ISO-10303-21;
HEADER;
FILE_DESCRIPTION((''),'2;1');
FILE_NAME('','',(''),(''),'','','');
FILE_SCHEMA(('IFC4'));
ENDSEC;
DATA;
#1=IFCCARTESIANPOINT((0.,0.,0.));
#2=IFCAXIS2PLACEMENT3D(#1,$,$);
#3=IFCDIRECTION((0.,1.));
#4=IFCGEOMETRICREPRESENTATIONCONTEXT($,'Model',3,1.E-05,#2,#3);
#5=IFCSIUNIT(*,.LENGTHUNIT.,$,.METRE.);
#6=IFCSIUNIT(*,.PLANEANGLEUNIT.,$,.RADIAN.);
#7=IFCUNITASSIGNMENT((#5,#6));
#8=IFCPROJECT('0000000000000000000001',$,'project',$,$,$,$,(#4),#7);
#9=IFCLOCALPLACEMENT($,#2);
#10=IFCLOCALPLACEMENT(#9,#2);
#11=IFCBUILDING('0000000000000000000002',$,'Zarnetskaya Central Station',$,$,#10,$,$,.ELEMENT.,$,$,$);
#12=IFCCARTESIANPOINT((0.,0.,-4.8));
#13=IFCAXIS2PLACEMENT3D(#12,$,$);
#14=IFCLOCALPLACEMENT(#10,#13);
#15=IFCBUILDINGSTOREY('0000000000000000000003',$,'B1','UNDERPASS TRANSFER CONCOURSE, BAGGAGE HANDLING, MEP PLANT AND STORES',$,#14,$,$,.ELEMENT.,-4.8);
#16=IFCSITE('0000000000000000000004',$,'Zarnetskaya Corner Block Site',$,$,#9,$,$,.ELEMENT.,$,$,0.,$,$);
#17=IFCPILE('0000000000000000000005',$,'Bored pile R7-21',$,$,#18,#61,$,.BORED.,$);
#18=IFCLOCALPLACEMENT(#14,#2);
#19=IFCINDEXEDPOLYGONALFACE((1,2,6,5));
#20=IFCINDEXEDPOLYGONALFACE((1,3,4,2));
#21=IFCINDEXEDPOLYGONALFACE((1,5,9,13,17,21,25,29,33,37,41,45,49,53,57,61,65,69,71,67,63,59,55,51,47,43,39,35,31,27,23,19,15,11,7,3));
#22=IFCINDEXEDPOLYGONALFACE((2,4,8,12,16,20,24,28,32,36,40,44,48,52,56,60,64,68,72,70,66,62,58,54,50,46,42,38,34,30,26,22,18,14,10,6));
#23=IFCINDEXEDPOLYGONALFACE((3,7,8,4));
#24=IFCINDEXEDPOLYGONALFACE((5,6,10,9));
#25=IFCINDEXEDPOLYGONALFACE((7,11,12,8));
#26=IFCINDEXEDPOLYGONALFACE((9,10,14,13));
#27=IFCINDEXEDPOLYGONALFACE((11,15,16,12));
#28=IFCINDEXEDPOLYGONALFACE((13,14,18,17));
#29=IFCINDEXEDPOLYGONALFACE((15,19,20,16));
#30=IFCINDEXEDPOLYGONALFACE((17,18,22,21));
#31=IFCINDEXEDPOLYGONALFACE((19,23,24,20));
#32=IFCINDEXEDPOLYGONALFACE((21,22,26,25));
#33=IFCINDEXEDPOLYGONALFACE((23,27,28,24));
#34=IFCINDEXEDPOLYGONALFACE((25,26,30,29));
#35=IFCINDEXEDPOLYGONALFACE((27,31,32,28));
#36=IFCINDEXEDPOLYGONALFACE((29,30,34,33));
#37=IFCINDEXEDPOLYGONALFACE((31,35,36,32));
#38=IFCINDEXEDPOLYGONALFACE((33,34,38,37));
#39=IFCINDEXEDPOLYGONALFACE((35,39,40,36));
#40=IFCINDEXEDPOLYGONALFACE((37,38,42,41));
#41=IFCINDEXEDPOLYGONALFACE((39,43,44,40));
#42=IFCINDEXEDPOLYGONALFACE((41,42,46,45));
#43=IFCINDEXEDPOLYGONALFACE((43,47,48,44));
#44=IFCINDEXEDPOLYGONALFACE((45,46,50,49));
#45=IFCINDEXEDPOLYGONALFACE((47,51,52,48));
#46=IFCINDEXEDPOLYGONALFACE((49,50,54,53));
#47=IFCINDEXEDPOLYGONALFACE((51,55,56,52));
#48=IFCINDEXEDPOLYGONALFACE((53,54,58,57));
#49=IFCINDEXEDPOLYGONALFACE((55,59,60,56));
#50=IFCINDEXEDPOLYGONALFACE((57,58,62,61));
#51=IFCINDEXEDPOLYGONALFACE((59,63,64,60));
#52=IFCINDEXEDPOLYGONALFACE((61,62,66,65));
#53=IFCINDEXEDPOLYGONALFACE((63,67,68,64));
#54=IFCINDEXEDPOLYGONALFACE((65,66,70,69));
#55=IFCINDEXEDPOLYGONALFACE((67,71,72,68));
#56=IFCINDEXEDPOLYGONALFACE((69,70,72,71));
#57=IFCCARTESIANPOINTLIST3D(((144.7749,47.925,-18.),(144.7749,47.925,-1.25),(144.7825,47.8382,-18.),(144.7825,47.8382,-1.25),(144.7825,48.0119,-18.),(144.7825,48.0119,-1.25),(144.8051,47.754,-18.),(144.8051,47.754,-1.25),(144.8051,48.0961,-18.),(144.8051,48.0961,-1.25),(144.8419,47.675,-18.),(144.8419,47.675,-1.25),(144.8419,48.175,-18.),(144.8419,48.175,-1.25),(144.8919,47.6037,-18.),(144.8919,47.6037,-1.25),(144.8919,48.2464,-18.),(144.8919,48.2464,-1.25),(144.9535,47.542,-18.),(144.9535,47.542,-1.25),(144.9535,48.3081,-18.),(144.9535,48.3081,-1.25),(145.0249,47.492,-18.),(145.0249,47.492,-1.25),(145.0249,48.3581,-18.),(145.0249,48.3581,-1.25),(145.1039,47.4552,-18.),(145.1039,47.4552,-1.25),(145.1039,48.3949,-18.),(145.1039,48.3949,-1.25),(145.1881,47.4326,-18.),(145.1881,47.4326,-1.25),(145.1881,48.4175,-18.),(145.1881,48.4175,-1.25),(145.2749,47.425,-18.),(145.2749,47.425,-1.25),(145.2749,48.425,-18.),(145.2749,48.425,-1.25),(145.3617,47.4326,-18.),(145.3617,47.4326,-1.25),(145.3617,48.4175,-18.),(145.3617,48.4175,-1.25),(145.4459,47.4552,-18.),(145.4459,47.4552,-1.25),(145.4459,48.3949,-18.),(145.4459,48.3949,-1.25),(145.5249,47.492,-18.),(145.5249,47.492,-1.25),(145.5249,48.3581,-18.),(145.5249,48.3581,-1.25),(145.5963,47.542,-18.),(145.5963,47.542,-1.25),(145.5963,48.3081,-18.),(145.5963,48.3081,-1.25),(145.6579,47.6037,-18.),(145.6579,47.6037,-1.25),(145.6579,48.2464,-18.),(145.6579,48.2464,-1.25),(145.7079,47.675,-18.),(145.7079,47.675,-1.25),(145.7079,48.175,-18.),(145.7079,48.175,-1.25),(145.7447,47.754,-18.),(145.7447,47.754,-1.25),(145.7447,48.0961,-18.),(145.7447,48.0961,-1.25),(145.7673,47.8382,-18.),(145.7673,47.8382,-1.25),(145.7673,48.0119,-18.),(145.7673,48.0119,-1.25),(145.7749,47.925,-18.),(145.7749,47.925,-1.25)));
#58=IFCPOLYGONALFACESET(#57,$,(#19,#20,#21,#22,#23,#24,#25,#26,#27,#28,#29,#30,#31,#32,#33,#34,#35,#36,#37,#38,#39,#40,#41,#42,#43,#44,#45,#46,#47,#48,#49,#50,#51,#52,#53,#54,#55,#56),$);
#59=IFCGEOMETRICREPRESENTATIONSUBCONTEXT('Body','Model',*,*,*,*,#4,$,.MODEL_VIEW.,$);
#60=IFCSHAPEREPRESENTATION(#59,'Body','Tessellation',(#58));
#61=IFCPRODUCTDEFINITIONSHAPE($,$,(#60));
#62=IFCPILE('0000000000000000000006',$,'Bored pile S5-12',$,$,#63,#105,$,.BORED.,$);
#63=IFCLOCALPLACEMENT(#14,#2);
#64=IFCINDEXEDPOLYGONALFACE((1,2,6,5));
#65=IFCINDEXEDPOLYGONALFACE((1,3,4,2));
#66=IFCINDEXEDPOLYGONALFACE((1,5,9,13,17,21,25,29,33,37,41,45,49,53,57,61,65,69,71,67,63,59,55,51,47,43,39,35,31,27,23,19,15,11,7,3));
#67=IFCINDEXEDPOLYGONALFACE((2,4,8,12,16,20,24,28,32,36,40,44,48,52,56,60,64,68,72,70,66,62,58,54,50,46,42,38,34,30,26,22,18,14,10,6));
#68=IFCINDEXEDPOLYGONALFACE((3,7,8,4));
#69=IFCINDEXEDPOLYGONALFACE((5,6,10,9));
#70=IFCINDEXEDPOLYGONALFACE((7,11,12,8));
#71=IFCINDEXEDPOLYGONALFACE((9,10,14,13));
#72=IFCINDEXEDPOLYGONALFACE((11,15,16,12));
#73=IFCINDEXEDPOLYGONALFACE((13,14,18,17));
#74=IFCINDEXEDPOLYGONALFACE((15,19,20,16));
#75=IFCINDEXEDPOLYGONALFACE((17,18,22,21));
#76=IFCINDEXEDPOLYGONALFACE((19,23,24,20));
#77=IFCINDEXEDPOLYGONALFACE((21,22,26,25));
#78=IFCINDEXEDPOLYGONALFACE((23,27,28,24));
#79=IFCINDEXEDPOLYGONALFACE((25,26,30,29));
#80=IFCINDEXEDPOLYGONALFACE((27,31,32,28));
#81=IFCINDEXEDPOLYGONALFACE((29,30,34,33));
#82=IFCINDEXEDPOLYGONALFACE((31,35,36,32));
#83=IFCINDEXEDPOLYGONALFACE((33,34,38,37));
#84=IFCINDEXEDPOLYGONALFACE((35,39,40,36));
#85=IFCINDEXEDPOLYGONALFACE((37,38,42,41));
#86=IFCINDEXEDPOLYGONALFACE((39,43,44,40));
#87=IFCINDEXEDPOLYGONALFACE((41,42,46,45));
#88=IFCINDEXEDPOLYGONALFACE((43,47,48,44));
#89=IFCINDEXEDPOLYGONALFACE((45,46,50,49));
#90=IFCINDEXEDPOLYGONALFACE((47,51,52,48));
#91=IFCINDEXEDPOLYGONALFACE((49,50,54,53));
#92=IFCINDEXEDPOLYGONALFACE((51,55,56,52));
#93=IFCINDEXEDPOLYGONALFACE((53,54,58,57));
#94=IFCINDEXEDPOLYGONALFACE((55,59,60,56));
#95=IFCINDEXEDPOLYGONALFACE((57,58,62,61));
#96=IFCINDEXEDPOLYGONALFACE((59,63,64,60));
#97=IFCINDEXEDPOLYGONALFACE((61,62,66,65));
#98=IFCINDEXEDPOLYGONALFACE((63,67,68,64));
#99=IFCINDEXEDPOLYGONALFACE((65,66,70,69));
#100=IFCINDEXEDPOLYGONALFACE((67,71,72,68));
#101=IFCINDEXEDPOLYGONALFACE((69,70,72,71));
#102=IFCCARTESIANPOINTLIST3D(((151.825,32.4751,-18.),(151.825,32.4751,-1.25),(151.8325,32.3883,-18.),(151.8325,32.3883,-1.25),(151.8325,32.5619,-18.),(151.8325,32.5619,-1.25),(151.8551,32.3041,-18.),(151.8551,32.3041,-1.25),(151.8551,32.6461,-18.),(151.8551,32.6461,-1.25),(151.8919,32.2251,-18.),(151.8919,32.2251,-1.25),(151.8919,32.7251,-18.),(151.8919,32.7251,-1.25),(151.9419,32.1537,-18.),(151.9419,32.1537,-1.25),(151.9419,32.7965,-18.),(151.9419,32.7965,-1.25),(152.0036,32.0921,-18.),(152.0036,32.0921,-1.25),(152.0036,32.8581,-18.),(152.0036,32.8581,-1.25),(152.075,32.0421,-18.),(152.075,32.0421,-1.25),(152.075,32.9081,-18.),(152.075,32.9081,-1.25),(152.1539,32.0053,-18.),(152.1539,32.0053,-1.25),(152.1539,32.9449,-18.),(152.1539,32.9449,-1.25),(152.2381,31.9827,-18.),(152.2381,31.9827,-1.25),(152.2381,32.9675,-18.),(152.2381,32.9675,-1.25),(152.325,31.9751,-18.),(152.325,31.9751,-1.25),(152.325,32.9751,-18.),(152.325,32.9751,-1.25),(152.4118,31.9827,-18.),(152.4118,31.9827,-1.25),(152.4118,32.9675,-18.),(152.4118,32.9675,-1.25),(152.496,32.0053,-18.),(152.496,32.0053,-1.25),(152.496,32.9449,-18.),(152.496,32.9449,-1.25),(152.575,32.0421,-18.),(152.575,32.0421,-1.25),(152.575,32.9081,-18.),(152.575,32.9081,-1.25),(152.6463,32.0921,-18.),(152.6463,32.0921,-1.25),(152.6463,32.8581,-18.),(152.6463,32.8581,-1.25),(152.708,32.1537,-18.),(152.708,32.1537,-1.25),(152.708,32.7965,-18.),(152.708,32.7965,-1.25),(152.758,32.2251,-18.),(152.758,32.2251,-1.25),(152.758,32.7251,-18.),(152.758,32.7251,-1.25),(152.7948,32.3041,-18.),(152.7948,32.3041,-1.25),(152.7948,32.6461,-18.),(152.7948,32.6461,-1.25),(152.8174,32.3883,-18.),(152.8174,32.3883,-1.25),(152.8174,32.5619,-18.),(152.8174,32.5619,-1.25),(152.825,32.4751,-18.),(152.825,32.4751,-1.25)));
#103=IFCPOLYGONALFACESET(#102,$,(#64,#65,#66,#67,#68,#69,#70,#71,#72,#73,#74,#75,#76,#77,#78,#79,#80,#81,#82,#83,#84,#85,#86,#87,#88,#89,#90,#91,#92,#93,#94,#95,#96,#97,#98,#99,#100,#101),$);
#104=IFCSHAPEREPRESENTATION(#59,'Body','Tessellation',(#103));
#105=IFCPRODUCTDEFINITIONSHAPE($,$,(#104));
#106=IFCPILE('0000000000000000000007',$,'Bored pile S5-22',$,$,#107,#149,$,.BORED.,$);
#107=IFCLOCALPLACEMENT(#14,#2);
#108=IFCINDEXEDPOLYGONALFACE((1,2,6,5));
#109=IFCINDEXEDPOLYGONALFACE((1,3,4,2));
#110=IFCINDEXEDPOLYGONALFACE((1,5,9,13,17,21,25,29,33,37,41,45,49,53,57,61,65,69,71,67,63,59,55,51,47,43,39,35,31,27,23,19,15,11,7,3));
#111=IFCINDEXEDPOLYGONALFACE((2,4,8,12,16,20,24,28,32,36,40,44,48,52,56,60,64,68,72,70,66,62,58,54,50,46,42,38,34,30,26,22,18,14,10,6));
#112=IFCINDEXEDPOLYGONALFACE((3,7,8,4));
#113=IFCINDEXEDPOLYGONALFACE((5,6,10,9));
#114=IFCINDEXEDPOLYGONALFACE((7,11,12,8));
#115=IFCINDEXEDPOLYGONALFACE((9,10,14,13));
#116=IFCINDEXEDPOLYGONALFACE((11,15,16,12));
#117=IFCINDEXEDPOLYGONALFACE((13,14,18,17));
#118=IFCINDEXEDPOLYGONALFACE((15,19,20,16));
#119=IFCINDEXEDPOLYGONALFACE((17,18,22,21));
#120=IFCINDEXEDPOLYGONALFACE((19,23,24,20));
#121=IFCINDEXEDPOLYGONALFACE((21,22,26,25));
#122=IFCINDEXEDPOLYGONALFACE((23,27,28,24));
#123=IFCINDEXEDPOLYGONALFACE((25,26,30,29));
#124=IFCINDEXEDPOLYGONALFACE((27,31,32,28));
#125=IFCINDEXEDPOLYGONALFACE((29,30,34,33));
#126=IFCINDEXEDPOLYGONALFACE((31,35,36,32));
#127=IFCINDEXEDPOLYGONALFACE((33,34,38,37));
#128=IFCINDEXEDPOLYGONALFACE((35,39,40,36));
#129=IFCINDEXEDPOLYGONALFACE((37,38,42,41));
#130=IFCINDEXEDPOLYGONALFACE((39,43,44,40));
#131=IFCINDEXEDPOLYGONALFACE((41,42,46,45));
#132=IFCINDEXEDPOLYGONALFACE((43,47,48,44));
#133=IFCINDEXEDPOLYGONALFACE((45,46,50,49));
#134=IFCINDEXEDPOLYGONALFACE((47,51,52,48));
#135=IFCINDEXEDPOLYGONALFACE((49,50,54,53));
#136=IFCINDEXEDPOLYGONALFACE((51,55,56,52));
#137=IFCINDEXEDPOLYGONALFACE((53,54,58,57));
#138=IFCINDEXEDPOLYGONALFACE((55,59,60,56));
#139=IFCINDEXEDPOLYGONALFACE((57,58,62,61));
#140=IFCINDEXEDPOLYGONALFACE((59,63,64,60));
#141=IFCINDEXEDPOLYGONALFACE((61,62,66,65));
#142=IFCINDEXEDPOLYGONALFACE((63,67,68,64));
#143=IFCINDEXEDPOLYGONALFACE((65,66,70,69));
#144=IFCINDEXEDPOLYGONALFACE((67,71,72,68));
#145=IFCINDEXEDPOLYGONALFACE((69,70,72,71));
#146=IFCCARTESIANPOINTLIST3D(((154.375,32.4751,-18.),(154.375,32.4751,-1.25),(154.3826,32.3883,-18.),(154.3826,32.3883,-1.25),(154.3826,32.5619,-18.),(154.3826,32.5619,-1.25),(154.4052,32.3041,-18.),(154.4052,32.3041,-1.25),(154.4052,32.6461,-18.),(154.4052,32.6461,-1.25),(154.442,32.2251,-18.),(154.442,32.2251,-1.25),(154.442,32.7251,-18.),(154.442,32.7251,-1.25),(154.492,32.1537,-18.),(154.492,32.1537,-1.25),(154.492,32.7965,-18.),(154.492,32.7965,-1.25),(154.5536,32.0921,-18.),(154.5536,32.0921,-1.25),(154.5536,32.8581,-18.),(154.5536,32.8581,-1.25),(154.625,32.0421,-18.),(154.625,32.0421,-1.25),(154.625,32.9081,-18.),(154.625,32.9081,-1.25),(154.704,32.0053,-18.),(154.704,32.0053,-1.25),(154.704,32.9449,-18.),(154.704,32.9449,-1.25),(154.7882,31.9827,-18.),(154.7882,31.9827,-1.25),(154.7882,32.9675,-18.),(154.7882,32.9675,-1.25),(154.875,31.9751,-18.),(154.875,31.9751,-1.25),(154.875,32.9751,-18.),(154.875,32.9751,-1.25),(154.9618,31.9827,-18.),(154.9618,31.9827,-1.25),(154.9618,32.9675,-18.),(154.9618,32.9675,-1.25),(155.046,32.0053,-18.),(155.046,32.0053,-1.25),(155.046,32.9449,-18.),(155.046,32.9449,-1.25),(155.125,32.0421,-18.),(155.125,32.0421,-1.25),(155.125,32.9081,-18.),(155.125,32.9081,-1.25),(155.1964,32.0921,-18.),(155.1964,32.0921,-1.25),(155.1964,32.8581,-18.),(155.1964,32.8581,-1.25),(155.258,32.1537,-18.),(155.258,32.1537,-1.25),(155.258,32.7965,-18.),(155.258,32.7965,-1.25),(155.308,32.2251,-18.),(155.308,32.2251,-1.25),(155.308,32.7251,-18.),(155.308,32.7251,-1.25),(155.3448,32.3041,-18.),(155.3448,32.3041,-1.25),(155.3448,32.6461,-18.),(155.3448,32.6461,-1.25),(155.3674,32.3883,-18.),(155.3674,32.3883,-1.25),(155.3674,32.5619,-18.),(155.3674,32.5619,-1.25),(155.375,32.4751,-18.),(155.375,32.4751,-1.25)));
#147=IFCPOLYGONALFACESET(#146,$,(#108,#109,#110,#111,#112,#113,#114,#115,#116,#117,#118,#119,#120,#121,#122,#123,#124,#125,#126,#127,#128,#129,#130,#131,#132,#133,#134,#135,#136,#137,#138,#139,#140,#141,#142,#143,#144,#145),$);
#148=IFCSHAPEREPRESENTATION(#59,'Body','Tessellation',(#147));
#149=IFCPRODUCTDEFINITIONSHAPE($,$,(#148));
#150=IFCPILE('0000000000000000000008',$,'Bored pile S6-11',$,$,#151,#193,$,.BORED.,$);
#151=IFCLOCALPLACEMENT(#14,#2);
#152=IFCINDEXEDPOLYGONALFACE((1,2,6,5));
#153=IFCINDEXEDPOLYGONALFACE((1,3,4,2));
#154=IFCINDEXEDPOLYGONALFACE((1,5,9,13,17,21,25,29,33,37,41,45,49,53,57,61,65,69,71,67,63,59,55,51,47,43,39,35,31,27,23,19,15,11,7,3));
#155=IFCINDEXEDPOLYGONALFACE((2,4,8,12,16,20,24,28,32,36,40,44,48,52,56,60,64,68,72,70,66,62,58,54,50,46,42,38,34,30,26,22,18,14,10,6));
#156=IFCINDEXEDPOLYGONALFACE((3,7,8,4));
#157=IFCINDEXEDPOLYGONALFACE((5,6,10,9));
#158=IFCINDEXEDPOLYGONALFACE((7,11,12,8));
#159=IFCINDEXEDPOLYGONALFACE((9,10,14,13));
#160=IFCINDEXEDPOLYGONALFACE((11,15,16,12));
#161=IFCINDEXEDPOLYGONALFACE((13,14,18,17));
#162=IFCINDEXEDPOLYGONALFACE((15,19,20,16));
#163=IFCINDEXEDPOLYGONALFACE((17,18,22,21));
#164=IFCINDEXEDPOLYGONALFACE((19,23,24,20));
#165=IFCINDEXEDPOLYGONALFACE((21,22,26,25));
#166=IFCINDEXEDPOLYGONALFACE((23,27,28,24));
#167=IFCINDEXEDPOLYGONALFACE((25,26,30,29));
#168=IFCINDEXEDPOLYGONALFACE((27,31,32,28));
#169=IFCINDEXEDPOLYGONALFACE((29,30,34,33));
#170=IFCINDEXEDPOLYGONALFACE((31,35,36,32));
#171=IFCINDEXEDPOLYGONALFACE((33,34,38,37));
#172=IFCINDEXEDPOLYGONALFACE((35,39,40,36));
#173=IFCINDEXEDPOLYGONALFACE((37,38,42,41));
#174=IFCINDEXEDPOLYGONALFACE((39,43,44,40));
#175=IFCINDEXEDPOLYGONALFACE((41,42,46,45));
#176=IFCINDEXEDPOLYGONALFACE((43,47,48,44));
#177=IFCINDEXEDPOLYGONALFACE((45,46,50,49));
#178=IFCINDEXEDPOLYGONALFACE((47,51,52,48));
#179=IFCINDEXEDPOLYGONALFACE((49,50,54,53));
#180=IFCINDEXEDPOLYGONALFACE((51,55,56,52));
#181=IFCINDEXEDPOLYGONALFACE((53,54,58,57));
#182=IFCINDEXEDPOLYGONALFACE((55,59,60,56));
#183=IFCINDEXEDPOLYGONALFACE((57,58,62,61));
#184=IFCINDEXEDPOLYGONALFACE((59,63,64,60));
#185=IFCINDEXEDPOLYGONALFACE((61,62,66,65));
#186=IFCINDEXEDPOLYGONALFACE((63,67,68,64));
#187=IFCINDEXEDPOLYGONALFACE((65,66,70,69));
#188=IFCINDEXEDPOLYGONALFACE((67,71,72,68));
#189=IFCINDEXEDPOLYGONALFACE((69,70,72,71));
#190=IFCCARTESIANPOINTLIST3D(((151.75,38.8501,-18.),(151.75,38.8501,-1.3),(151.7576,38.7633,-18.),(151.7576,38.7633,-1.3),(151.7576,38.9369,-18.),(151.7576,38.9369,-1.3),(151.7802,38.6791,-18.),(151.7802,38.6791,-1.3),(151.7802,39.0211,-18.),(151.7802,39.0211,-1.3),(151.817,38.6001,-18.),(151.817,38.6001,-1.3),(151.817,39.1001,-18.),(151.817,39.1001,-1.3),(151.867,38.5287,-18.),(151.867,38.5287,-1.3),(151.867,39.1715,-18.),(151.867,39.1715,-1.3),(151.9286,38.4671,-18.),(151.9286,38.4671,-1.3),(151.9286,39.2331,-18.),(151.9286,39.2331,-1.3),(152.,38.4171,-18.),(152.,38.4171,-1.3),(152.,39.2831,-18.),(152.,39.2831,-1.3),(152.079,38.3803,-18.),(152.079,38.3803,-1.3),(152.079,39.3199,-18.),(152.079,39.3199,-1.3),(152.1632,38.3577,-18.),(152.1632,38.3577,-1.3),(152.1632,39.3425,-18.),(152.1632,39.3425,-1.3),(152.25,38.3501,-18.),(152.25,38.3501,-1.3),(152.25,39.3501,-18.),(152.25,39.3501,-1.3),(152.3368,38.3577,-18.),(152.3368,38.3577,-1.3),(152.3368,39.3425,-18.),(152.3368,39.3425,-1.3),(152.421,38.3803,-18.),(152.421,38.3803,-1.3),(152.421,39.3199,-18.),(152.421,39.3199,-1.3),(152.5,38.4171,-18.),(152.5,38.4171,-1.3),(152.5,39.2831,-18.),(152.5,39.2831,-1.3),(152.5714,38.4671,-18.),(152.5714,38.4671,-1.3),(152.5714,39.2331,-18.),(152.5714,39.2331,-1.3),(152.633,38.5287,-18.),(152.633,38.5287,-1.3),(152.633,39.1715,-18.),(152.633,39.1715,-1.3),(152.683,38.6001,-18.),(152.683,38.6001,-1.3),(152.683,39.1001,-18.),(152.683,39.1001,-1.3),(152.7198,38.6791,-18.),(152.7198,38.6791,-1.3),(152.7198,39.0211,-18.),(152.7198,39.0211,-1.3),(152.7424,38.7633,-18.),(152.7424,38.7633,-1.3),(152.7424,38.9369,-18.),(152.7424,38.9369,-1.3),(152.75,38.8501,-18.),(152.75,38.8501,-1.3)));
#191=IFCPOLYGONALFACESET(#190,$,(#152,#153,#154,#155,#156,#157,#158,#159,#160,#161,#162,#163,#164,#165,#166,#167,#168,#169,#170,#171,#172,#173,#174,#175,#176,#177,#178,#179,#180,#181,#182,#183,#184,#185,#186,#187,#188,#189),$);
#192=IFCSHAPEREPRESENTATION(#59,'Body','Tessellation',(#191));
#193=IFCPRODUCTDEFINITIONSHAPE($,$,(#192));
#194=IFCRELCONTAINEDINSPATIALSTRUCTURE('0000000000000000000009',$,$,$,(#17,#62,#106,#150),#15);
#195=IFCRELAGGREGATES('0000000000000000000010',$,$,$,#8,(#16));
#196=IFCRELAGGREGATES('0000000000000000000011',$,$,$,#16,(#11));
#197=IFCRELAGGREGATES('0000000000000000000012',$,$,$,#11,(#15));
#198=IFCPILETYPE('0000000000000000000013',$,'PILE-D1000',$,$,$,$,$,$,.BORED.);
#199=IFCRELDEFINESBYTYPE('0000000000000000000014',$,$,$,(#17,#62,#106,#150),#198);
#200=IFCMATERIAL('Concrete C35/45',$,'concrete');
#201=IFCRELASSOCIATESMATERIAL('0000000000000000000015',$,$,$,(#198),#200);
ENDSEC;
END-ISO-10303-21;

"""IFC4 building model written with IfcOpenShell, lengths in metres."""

from ifc_helpers import new_model, si_unit, direction, frame, origin, origin_2d, place, context, subcontext, project, spatial, circle, extrude, material, material_profile, profile_set, type_object, element, save


model = new_model("IFC4")

# Units and contexts
model_context = context("Model", 3, precision=1e-05, world=origin(), true_north=direction((0.0, 1.0)))
body_context = subcontext(model_context, "Body", "Model", "MODEL_VIEW")
ifc_project = project(units=[si_unit("LENGTHUNIT", "METRE"), si_unit("PLANEANGLEUNIT", "RADIAN")], contexts=[model_context])

# Site, building, storey
site_placement = place(None, origin())
site = spatial("IfcSite", under=ifc_project, at=site_placement, Name="Zarnetskaya Corner Block Site", CompositionType="ELEMENT", RefElevation=0.0)
building_placement = place(site_placement, origin())
building = spatial("IfcBuilding", under=site, at=building_placement, Name="Zarnetskaya Central Station", CompositionType="ELEMENT")
storey_placement = place(building_placement, frame((0.0, 0.0, -4.8)))
storey = spatial("IfcBuildingStorey", under=building, at=storey_placement, Name="B1", Description="UNDERPASS TRANSFER CONCOURSE, BAGGAGE HANDLING, MEP PLANT AND STORES", CompositionType="ELEMENT", Elevation=-4.8)

# Shared definitions
ifc_material = material(Name="Concrete C35/45", Category="concrete")

# Piles
ifc_material_profile_1 = material_profile(ifc_material, circle(Radius=0.5, at=origin_2d()), Name="BORED PILE D1000")
ifc_profile_set_1 = profile_set([ifc_material_profile_1], Name="Concrete C35/45")
pile_type_1 = type_object("IfcPileType", Name="PILE-D1000", PredefinedType="BORED", material=ifc_profile_set_1)
for number, where, z_axis, x_axis, name in (
    (1, (145.2749, 47.925, -1.25), (0.0, 0.0, -1.0), (1.0, 0.0, 0.0), "Bored pile R7-21"),
    (2, (152.325, 32.4751, -1.25), (0.0, 0.0, -1.0), (1.0, 0.0, 0.0), "Bored pile S5-12"),
    (3, (154.875, 32.4751, -1.25), (0.0, 0.0, -1.0), (1.0, 0.0, 0.0), "Bored pile S5-22"),
):
    element("IfcPile", number, at=place(storey_placement, frame(where, z_axis=z_axis, x_axis=x_axis)), inside=storey, type_object=pile_type_1, Name=name, PredefinedType="BORED", context=body_context, shape_type="SweptSolid", body=[
        extrude(circle(Radius=0.5, at=origin_2d()), origin(), (0.0, 0.0, 1.0), 16.75),
    ])
for number, where, z_axis, x_axis, name in (
    (4, (152.25, 38.8501, -1.3), (0.0, 0.0, -1.0), (1.0, 0.0, 0.0), "Bored pile S6-11"),
):
    element("IfcPile", number, at=place(storey_placement, frame(where, z_axis=z_axis, x_axis=x_axis)), inside=storey, type_object=pile_type_1, Name=name, PredefinedType="BORED", context=body_context, shape_type="SweptSolid", body=[
        extrude(circle(Radius=0.5, at=origin_2d()), origin(), (0.0, 0.0, 1.0), 16.7),
    ])

save(model, "model.ifc")
